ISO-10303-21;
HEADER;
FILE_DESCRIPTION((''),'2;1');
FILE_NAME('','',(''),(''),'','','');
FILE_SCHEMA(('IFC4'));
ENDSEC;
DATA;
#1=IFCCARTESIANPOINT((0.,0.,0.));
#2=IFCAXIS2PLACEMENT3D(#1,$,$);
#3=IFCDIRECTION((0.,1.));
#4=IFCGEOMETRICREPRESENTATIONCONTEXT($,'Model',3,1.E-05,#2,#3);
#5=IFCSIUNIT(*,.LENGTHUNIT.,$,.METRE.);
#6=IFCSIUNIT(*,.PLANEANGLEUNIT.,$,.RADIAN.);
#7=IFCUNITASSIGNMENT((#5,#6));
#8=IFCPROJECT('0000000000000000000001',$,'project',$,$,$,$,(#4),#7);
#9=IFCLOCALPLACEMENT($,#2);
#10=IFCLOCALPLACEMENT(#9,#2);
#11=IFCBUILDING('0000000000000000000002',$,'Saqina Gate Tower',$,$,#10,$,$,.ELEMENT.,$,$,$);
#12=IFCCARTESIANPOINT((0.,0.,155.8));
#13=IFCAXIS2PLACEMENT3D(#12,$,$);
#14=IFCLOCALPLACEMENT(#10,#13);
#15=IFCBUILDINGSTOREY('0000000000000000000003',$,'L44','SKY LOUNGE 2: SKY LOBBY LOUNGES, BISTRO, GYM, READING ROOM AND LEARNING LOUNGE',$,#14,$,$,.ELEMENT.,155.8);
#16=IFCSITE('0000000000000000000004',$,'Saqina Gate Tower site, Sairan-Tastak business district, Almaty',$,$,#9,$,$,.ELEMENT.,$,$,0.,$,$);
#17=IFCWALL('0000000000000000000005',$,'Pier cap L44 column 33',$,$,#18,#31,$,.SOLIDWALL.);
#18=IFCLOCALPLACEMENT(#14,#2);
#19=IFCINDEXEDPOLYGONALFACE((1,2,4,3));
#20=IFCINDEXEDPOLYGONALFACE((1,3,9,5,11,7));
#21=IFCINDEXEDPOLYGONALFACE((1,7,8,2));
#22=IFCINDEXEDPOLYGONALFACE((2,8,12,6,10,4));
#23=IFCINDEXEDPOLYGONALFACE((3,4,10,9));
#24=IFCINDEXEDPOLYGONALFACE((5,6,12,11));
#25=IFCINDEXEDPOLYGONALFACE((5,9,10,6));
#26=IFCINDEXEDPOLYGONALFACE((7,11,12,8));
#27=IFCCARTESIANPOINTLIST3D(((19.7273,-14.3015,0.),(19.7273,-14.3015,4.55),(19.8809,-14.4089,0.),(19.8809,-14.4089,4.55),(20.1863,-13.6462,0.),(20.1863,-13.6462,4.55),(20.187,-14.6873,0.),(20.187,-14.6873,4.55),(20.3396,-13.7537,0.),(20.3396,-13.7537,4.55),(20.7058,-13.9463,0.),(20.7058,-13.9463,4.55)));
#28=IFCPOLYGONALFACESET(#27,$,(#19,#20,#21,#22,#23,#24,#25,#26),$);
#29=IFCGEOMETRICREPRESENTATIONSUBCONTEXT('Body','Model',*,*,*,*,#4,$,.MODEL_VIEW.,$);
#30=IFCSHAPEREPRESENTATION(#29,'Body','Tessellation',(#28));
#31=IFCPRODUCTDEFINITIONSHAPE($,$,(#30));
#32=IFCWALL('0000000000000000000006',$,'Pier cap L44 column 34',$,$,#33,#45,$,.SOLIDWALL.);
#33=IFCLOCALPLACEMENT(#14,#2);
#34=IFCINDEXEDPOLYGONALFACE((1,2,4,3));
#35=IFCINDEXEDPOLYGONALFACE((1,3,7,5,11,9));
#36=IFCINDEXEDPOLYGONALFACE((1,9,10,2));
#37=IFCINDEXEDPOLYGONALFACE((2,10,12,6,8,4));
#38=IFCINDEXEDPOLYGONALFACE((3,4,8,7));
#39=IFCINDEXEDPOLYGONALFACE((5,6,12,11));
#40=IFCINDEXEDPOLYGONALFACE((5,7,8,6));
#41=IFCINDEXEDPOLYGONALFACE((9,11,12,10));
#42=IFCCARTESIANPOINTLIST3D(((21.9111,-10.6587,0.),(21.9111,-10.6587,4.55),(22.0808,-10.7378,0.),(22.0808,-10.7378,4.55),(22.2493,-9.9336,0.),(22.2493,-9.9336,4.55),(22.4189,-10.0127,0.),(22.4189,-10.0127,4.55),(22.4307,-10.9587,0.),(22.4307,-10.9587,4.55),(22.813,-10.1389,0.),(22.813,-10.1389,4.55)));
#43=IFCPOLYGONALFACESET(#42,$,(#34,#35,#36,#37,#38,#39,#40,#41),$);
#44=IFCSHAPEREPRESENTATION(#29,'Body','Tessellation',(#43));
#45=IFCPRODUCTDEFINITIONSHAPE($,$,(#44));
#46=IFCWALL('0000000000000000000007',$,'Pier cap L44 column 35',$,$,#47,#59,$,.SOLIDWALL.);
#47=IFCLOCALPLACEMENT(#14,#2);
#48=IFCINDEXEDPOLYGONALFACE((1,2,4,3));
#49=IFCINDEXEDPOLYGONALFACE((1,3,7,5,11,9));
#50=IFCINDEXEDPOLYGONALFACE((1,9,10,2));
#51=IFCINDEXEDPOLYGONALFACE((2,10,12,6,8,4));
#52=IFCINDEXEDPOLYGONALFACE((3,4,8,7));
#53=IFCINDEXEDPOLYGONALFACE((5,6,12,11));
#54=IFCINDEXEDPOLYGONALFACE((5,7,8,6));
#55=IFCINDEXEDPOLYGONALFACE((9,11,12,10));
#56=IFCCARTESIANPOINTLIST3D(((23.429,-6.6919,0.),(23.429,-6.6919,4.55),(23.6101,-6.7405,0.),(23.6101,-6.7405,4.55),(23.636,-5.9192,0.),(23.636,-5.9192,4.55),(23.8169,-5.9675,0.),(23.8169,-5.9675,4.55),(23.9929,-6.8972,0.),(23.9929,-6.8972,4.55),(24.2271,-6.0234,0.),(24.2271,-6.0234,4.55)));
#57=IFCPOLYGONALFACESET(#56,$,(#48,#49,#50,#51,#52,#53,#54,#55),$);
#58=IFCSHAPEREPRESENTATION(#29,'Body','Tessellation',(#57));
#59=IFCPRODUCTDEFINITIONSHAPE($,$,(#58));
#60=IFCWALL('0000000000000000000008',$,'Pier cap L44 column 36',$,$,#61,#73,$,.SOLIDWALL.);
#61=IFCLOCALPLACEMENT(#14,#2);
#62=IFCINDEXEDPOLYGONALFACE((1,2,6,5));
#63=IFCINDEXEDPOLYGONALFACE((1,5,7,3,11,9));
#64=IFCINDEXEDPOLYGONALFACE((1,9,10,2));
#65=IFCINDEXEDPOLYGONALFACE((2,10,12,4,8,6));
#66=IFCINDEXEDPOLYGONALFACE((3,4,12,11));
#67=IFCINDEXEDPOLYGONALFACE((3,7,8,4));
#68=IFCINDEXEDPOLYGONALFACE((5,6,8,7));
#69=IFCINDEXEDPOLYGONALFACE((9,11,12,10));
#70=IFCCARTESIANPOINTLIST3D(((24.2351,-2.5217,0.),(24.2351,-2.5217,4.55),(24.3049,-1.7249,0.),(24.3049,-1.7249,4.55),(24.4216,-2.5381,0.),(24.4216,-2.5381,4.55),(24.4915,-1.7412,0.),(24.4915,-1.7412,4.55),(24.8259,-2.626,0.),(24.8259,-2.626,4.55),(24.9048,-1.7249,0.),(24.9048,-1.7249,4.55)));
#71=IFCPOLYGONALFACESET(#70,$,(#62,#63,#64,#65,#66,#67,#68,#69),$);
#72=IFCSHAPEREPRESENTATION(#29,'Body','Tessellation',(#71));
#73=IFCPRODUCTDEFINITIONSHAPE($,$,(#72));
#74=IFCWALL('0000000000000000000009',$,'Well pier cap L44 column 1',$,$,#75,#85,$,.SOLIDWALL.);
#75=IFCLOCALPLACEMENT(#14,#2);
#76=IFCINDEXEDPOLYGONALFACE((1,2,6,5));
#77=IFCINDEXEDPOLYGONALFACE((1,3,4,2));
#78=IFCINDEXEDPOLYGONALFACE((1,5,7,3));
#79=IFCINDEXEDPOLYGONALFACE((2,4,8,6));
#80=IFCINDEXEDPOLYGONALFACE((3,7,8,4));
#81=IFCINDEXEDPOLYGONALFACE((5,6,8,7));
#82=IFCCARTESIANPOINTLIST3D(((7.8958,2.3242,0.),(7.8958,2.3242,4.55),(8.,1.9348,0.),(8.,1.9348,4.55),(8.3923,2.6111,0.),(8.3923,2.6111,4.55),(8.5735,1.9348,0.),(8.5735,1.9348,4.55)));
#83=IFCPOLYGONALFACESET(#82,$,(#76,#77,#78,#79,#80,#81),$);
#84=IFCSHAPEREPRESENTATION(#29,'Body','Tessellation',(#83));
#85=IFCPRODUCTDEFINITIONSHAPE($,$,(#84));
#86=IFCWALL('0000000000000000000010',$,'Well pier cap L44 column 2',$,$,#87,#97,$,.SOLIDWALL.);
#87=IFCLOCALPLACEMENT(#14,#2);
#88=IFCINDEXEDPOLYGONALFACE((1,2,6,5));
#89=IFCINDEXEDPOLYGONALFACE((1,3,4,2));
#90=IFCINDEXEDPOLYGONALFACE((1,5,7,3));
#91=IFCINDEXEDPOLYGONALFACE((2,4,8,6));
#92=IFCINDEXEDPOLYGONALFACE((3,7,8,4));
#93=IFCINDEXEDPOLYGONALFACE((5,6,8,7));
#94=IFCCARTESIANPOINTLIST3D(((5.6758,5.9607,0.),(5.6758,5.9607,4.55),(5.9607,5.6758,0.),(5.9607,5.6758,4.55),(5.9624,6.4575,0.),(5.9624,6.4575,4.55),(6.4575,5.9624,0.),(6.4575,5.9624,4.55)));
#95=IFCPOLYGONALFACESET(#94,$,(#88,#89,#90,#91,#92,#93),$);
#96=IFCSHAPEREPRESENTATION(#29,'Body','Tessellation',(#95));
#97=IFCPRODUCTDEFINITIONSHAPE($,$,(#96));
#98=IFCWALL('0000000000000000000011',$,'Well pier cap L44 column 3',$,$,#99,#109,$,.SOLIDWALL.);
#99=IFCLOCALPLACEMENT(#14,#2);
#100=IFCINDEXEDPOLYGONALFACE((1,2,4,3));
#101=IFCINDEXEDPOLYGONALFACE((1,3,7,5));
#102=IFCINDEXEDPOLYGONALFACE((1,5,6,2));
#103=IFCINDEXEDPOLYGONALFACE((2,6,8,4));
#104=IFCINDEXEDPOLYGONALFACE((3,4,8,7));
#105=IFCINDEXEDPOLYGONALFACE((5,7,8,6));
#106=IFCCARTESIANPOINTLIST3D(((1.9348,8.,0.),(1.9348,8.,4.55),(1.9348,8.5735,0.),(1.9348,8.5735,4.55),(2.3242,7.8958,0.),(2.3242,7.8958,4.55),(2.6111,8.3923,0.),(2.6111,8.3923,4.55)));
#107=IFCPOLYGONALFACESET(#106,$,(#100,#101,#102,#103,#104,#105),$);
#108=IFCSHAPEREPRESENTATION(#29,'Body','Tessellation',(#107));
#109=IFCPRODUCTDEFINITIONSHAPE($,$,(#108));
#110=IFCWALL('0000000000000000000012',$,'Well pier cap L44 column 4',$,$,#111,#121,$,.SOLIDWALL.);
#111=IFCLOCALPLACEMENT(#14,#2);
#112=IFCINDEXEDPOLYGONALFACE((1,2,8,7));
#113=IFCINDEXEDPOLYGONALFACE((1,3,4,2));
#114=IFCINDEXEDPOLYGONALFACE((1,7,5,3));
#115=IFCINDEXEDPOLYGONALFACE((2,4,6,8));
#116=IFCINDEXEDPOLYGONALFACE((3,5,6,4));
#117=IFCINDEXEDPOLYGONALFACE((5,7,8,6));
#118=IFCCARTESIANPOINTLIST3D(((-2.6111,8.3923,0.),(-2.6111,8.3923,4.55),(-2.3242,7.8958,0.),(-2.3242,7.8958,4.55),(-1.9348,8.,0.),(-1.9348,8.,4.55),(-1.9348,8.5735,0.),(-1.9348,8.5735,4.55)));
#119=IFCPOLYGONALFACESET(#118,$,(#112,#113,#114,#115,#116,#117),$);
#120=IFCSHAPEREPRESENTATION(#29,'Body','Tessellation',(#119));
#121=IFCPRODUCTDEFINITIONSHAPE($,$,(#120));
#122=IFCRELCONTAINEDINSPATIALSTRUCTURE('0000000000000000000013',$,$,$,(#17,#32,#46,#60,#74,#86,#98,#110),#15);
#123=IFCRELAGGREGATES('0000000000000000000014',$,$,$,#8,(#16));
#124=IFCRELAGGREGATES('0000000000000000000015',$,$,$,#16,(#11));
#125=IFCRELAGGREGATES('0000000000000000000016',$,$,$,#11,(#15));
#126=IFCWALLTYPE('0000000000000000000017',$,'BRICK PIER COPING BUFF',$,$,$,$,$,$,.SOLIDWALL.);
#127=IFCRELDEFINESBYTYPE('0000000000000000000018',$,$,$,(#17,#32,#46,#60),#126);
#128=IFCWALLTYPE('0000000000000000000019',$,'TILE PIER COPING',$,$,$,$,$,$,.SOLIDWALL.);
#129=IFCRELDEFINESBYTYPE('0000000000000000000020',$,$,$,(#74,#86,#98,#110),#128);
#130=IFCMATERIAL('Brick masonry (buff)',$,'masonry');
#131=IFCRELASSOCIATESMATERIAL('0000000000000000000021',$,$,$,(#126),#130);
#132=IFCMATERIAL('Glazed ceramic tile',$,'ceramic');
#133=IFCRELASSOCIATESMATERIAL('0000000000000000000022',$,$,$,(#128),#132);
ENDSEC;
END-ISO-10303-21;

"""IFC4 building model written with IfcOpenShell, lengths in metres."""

from ifc_helpers import new_model, si_unit, direction, frame, origin, place, context, subcontext, project, spatial, polyline, outline, extrude, material, type_object, element, save


model = new_model("IFC4")

# Units and contexts
model_context = context("Model", 3, precision=1e-05, world=origin(), true_north=direction((0.0, 1.0)))
body_context = subcontext(model_context, "Body", "Model", "MODEL_VIEW")
ifc_project = project(units=[si_unit("LENGTHUNIT", "METRE"), si_unit("PLANEANGLEUNIT", "RADIAN")], contexts=[model_context])

# Site, building, storey
site_placement = place(None, origin())
site = spatial("IfcSite", under=ifc_project, at=site_placement, Name="Saqina Gate Tower site, Sairan-Tastak business district, Almaty", CompositionType="ELEMENT", RefElevation=0.0)
building_placement = place(site_placement, origin())
building = spatial("IfcBuilding", under=site, at=building_placement, Name="Saqina Gate Tower", CompositionType="ELEMENT")
storey_placement = place(building_placement, frame((0.0, 0.0, 155.8)))
storey = spatial("IfcBuildingStorey", under=building, at=storey_placement, Name="L44", Description="SKY LOUNGE 2: SKY LOBBY LOUNGES, BISTRO, GYM, READING ROOM AND LEARNING LOUNGE", CompositionType="ELEMENT", Elevation=155.8)

# Walls
ifc_material_1 = material(Name="Brick masonry (buff)", Category="masonry")
wall_type_1 = type_object("IfcWallType", Name="BRICK PIER COPING BUFF", PredefinedType="SOLIDWALL", material=ifc_material_1)
wall_1_placement = place(storey_placement, origin())
element("IfcWall", 1, at=wall_1_placement, inside=storey, type_object=wall_type_1, Name="Pier cap L44 column 33", PredefinedType="SOLIDWALL", context=body_context, shape_type="SweptSolid", body=[
    extrude(outline(polyline([(20.187, -14.6873), (20.7058, -13.9463), (20.1863, -13.6462), (20.3396, -13.7537), (19.8809, -14.4089), (19.7273, -14.3015), (20.187, -14.6873)])), origin(), (0.0, 0.0, 1.0), 4.55),
])
wall_2_placement = place(storey_placement, origin())
element("IfcWall", 2, at=wall_2_placement, inside=storey, type_object=wall_type_1, Name="Pier cap L44 column 34", PredefinedType="SOLIDWALL", context=body_context, shape_type="SweptSolid", body=[
    extrude(outline(polyline([(22.813, -10.1389), (22.2493, -9.9336), (22.4189, -10.0127), (22.0808, -10.7378), (21.9111, -10.6587), (22.4307, -10.9587), (22.813, -10.1389)])), origin(), (0.0, 0.0, 1.0), 4.55),
])
wall_3_placement = place(storey_placement, origin())
element("IfcWall", 3, at=wall_3_placement, inside=storey, type_object=wall_type_1, Name="Pier cap L44 column 35", PredefinedType="SOLIDWALL", context=body_context, shape_type="SweptSolid", body=[
    extrude(outline(polyline([(24.2271, -6.0234), (23.636, -5.9192), (23.8169, -5.9675), (23.6101, -6.7405), (23.429, -6.6919), (23.9929, -6.8972), (24.2271, -6.0234)])), origin(), (0.0, 0.0, 1.0), 4.55),
])
wall_4_placement = place(storey_placement, origin())
element("IfcWall", 4, at=wall_4_placement, inside=storey, type_object=wall_type_1, Name="Pier cap L44 column 36", PredefinedType="SOLIDWALL", context=body_context, shape_type="SweptSolid", body=[
    extrude(outline(polyline([(24.8259, -2.626), (24.9048, -1.7249), (24.3049, -1.7249), (24.4915, -1.7412), (24.4216, -2.5381), (24.2351, -2.5217), (24.8259, -2.626)])), origin(), (0.0, 0.0, 1.0), 4.55),
])
ifc_material_2 = material(Name="Glazed ceramic tile", Category="ceramic")
wall_type_2 = type_object("IfcWallType", Name="TILE PIER COPING", PredefinedType="SOLIDWALL", material=ifc_material_2)
wall_5_placement = place(storey_placement, origin())
element("IfcWall", 5, at=wall_5_placement, inside=storey, type_object=wall_type_2, Name="Well pier cap L44 column 1", PredefinedType="SOLIDWALL", context=body_context, shape_type="SweptSolid", body=[
    extrude(outline(polyline([(8.3923, 2.6111), (7.8958, 2.3242), (8.0, 1.9348), (8.5735, 1.9348), (8.3923, 2.6111)])), origin(), (0.0, 0.0, 1.0), 4.55),
])
wall_6_placement = place(storey_placement, origin())
element("IfcWall", 6, at=wall_6_placement, inside=storey, type_object=wall_type_2, Name="Well pier cap L44 column 2", PredefinedType="SOLIDWALL", context=body_context, shape_type="SweptSolid", body=[
    extrude(outline(polyline([(5.9624, 6.4575), (5.6758, 5.9607), (5.9607, 5.6758), (6.4575, 5.9624), (5.9624, 6.4575)])), origin(), (0.0, 0.0, 1.0), 4.55),
])
wall_7_placement = place(storey_placement, origin())
element("IfcWall", 7, at=wall_7_placement, inside=storey, type_object=wall_type_2, Name="Well pier cap L44 column 3", PredefinedType="SOLIDWALL", context=body_context, shape_type="SweptSolid", body=[
    extrude(outline(polyline([(1.9348, 8.5735), (1.9348, 8.0), (2.3242, 7.8958), (2.6111, 8.3923), (1.9348, 8.5735)])), origin(), (0.0, 0.0, 1.0), 4.55),
])
wall_8_placement = place(storey_placement, origin())
element("IfcWall", 8, at=wall_8_placement, inside=storey, type_object=wall_type_2, Name="Well pier cap L44 column 4", PredefinedType="SOLIDWALL", context=body_context, shape_type="SweptSolid", body=[
    extrude(outline(polyline([(-1.9348, 8.0), (-1.9348, 8.5735), (-2.6111, 8.3923), (-2.3242, 7.8958), (-1.9348, 8.0)])), origin(), (0.0, 0.0, 1.0), 4.55),
])

save(model, "model.ifc")
